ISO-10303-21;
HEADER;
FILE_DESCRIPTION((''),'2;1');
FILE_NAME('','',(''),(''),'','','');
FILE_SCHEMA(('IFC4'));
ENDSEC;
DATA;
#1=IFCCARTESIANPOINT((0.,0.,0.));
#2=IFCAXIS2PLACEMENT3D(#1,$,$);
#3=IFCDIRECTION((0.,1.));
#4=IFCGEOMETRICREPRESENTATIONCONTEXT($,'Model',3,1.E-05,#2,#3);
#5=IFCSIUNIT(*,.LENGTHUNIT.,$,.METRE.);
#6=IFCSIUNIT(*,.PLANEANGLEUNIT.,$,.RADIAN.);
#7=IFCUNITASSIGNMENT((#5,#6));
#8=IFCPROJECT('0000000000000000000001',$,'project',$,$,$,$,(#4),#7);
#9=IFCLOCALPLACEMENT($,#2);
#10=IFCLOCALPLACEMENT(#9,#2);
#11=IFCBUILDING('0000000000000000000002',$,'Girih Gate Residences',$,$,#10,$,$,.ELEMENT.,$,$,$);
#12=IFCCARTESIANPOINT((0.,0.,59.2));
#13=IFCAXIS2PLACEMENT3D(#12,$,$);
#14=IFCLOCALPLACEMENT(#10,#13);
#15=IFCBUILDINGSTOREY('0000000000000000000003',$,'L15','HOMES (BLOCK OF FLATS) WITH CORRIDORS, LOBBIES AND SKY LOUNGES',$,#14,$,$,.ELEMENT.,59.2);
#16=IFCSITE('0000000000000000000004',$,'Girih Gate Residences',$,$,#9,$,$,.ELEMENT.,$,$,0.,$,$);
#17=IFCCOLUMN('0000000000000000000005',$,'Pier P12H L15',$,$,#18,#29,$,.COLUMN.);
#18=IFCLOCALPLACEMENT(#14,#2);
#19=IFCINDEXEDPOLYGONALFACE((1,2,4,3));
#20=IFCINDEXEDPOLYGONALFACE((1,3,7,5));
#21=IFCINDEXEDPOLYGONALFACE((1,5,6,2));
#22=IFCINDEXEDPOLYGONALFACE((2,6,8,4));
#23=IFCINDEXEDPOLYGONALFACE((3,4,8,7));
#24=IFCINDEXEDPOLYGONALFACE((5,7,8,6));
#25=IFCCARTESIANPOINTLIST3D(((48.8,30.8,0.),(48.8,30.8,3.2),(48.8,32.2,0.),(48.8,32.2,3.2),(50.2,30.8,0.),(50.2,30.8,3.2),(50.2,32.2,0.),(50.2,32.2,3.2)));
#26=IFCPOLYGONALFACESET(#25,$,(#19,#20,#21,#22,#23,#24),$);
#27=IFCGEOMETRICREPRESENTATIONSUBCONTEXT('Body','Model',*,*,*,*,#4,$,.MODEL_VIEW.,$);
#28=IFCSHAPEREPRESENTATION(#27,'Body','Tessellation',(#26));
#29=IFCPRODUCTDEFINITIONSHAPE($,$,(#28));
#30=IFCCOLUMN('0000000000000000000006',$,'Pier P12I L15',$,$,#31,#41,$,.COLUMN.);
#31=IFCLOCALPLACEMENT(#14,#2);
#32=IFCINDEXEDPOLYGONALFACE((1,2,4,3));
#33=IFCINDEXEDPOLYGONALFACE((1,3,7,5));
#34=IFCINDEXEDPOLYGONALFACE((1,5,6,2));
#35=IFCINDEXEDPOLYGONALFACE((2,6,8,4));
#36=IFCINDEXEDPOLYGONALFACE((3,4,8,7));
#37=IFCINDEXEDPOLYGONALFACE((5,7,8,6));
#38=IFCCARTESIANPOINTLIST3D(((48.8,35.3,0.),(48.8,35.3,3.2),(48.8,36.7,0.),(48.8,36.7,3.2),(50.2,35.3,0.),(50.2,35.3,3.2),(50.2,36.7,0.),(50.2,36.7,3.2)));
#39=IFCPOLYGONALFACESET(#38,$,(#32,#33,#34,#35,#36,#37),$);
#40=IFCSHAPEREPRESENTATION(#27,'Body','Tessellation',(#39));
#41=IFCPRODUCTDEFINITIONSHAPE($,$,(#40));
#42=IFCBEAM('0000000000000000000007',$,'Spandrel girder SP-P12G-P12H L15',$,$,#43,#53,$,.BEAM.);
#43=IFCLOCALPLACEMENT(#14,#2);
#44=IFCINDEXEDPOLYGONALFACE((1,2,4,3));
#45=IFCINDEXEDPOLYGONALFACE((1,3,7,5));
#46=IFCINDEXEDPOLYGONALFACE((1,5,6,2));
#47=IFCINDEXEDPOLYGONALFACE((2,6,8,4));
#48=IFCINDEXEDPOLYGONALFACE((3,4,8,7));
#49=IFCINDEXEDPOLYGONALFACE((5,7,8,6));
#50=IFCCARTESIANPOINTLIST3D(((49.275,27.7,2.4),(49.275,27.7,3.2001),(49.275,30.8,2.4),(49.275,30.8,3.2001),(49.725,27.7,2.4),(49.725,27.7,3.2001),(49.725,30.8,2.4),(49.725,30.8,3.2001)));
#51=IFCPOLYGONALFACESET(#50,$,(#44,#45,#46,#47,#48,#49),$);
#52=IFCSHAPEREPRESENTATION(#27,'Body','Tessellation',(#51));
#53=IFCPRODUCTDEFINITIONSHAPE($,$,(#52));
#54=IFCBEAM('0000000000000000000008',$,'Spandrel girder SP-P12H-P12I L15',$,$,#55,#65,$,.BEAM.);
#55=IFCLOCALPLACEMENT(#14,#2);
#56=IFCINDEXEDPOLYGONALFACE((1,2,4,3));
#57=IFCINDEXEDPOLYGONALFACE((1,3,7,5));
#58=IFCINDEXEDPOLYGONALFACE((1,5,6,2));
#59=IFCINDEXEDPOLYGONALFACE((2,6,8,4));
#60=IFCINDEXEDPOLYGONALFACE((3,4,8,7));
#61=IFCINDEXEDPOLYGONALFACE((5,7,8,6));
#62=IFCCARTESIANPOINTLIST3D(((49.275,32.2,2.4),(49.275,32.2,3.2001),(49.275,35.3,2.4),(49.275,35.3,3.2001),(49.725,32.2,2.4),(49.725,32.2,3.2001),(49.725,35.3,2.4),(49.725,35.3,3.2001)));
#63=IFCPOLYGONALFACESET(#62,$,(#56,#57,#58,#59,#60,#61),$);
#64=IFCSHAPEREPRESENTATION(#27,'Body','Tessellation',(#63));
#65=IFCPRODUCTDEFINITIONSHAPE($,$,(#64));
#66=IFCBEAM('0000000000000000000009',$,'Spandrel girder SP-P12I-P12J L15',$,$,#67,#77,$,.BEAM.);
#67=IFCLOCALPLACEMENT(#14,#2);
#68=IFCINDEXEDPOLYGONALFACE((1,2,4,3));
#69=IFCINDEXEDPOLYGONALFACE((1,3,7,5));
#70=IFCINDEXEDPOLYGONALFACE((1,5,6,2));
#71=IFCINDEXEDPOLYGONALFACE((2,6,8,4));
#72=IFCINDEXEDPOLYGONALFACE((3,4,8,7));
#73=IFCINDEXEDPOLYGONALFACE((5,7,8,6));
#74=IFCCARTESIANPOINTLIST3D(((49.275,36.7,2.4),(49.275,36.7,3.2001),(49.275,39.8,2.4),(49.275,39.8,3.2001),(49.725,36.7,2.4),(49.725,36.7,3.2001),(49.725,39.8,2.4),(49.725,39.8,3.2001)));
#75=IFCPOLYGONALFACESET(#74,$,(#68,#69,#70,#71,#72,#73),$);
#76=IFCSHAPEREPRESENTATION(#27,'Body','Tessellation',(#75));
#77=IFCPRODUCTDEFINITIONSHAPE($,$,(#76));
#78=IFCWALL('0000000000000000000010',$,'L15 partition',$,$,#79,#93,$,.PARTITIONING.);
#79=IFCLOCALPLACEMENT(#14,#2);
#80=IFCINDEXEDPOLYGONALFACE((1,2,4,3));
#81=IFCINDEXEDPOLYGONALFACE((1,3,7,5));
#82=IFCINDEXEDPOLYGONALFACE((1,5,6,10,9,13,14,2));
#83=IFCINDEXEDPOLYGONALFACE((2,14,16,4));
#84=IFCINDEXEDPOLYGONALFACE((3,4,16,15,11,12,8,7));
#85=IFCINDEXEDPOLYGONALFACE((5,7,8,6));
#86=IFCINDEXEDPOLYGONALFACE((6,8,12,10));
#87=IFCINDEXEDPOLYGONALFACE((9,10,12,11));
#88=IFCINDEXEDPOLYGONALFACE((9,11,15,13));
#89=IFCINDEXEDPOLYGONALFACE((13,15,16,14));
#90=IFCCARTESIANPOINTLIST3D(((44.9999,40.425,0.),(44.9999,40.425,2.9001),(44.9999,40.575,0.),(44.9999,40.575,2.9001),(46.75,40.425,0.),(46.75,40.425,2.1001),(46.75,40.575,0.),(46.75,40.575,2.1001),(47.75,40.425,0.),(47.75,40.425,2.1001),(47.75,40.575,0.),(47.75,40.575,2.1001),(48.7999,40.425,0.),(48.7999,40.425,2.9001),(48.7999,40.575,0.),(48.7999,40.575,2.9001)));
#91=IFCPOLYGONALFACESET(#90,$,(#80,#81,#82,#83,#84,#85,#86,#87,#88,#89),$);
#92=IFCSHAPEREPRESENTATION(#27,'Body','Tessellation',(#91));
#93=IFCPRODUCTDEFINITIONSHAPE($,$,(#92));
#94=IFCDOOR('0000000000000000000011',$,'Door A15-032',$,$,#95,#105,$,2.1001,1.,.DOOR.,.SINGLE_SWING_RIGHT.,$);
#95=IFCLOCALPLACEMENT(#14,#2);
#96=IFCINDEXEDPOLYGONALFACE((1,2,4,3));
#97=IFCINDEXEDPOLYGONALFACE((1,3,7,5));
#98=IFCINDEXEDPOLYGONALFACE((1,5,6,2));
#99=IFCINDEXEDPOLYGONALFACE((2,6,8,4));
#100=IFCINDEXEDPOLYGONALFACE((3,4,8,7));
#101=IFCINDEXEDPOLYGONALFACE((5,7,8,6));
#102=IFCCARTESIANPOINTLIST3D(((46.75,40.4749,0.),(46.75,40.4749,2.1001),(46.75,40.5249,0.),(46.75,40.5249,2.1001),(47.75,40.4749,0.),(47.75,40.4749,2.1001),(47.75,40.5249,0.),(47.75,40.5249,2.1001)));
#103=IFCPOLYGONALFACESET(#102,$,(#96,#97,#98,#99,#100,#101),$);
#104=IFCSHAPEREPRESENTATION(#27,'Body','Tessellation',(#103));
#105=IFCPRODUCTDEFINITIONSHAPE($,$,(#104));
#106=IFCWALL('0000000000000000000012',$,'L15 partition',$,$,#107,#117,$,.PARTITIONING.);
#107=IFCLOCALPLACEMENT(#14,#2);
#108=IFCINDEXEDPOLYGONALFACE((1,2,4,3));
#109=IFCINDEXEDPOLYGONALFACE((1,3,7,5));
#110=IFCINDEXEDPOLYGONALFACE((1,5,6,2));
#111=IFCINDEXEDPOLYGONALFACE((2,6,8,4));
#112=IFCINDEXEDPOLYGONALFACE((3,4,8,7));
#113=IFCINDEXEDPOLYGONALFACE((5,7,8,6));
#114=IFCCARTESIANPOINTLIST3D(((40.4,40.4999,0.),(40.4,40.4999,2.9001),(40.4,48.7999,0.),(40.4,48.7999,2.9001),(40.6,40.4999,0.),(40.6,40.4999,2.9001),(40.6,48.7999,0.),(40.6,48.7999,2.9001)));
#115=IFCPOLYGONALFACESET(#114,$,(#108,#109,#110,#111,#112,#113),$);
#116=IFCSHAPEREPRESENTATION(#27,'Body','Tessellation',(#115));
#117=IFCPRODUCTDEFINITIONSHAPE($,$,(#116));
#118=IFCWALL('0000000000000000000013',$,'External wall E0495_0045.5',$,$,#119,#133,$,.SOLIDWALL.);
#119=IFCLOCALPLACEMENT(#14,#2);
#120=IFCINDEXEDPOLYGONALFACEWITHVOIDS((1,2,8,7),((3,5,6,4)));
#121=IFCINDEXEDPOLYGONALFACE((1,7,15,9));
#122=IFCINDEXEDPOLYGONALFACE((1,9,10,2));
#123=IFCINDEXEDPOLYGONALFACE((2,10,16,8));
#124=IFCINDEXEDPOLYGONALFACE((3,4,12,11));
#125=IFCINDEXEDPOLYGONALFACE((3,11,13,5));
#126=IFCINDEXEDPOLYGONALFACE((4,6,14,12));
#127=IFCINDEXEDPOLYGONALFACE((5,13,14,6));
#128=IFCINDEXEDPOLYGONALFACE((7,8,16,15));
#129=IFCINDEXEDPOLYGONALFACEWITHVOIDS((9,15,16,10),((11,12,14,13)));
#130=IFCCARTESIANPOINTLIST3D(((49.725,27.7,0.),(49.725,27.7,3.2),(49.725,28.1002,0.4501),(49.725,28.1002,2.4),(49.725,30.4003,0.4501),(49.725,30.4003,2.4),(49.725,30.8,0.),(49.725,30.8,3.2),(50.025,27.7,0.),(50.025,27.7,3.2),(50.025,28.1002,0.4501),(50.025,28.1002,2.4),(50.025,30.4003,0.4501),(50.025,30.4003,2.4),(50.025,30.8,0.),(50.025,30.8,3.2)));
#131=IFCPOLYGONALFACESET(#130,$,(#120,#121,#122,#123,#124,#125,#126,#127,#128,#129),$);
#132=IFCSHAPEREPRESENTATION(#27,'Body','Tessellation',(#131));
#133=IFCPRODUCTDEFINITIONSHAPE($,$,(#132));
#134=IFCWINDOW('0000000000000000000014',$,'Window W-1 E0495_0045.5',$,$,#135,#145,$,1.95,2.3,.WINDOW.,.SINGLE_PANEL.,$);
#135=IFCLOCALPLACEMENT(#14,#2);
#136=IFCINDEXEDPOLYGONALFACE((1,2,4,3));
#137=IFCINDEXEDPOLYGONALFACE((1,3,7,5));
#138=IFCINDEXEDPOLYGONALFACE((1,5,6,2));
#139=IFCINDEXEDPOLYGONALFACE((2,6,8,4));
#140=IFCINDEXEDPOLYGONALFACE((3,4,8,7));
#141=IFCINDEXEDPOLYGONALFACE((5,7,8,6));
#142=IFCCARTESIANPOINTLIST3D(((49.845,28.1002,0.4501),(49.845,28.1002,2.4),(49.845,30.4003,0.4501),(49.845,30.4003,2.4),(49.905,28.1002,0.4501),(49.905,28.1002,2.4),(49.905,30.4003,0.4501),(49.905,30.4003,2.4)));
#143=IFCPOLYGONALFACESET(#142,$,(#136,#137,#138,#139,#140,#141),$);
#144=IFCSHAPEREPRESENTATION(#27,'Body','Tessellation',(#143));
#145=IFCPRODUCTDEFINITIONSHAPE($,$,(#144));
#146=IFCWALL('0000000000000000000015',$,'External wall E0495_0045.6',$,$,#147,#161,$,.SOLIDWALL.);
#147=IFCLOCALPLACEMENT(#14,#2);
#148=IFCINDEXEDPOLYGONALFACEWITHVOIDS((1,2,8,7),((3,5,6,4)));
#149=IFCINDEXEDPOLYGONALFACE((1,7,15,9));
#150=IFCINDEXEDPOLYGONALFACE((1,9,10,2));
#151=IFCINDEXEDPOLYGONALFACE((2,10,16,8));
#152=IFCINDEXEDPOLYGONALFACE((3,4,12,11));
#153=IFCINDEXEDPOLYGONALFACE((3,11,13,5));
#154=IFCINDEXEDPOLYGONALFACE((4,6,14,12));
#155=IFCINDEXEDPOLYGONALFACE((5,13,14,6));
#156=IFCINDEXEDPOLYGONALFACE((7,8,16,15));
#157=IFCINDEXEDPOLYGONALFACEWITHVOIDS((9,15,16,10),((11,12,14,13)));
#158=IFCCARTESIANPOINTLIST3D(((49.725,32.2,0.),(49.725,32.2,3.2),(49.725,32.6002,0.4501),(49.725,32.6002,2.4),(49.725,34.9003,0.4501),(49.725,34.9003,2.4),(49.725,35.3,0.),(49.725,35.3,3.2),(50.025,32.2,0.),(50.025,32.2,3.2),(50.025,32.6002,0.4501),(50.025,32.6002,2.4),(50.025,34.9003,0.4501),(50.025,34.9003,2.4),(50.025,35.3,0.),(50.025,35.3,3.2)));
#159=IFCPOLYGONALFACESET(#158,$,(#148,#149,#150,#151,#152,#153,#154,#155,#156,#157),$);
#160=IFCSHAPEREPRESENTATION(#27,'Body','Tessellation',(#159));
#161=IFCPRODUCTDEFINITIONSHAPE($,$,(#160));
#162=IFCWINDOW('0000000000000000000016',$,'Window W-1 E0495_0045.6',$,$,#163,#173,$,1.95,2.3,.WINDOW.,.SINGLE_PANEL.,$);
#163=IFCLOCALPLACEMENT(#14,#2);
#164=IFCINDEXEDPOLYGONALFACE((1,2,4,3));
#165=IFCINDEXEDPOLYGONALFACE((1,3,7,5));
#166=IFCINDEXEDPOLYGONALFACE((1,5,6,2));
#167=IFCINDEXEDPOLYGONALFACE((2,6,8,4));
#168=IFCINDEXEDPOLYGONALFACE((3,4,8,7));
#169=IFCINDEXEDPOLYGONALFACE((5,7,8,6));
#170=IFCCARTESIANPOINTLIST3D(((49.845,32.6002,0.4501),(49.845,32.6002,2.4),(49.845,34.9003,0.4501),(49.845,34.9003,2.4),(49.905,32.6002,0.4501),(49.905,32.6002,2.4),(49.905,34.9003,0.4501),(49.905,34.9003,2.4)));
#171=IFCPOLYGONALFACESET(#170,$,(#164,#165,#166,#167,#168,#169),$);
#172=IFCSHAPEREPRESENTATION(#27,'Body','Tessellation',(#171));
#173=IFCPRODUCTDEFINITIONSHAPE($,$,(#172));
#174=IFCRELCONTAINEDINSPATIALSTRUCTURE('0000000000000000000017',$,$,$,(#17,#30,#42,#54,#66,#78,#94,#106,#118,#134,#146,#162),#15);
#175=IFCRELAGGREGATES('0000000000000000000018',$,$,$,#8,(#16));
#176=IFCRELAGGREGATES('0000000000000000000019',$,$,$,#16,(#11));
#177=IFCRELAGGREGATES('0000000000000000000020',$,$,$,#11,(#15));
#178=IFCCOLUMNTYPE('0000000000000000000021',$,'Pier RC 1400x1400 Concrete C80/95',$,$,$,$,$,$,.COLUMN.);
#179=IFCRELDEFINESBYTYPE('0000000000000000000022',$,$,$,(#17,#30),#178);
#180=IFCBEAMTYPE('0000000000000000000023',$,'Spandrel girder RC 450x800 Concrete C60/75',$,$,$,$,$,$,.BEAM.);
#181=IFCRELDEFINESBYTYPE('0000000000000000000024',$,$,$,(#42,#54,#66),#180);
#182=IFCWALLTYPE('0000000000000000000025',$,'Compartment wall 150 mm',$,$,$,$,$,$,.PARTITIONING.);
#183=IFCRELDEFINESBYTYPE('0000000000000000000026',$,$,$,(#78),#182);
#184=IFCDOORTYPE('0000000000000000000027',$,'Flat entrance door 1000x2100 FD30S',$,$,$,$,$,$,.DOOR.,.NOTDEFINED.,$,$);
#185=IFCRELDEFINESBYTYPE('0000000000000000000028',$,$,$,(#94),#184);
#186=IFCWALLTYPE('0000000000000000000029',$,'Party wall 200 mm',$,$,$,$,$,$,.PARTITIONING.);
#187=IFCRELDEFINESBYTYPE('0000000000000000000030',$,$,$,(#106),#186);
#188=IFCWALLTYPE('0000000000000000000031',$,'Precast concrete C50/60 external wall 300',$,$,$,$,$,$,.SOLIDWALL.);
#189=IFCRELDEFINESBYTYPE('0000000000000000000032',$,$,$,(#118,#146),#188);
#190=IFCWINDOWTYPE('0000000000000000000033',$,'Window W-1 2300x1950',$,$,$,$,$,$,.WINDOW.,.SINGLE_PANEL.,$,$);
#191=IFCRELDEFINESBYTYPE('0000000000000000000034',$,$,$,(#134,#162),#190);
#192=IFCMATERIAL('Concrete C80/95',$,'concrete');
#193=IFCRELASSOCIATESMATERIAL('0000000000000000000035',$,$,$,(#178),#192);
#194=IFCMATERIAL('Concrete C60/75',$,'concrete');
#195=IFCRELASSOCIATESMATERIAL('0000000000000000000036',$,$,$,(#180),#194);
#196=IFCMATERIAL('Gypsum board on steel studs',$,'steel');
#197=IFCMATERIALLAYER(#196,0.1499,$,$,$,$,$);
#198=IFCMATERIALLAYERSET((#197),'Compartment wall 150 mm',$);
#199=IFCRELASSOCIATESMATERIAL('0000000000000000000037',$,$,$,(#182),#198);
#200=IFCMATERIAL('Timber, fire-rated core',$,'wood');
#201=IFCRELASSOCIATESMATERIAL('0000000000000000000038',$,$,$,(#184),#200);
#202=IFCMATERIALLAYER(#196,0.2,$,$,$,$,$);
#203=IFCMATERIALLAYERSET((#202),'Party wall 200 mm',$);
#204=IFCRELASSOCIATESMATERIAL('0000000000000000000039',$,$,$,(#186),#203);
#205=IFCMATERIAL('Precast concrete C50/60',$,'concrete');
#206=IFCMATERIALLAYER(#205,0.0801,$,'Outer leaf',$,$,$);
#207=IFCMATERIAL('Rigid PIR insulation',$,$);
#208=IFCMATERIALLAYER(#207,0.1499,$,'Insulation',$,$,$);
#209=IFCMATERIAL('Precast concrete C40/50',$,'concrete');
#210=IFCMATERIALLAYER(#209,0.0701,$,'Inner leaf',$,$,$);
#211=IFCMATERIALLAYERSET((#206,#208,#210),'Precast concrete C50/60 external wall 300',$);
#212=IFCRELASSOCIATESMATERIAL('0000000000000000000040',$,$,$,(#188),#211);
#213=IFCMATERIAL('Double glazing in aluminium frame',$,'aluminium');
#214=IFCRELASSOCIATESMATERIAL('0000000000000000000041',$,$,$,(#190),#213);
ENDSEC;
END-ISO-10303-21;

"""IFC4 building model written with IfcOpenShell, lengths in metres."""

from ifc_helpers import new_model, si_unit, direction, frame, frame_2d, origin, origin_2d, place, context, subcontext, project, spatial, rectangle, extrude, material, layer, layer_set, material_profile, profile_set, type_object, element, fill, save


model = new_model("IFC4")

# Units and contexts
model_context = context("Model", 3, precision=1e-05, world=origin(), true_north=direction((0.0, 1.0)))
body_context = subcontext(model_context, "Body", "Model", "MODEL_VIEW")
ifc_project = project(units=[si_unit("LENGTHUNIT", "METRE"), si_unit("PLANEANGLEUNIT", "RADIAN")], contexts=[model_context])

# Site, building, storey
site_placement = place(None, origin())
site = spatial("IfcSite", under=ifc_project, at=site_placement, Name="Girih Gate Residences", CompositionType="ELEMENT", RefElevation=0.0)
building_placement = place(site_placement, origin())
building = spatial("IfcBuilding", under=site, at=building_placement, Name="Girih Gate Residences", CompositionType="ELEMENT")
storey_placement = place(building_placement, frame((0.0, 0.0, 59.2)))
storey = spatial("IfcBuildingStorey", under=building, at=storey_placement, Name="L15", Description="HOMES (BLOCK OF FLATS) WITH CORRIDORS, LOBBIES AND SKY LOUNGES", CompositionType="ELEMENT", Elevation=59.2)

# Columns
ifc_material_1 = material(Name="Concrete C80/95", Category="concrete")
ifc_material_profile_1 = material_profile(ifc_material_1, rectangle(XDim=1.3999, YDim=1.3999, at=origin_2d()))
ifc_profile_set_1 = profile_set([ifc_material_profile_1], Name="Concrete C80/95")
column_type = type_object("IfcColumnType", Name="Pier RC 1400x1400 Concrete C80/95", PredefinedType="COLUMN", material=ifc_profile_set_1)
for number, where, z_axis, x_axis, name in (
    (1, (49.5, 31.5, 0.0), (0.0, 0.0, 1.0), (1.0, 0.0, 0.0), "Pier P12H L15"),
    (2, (49.5, 36.0, 0.0), (0.0, 0.0, 1.0), (1.0, 0.0, 0.0), "Pier P12I L15"),
):
    element("IfcColumn", number, at=place(storey_placement, frame(where, z_axis=z_axis, x_axis=x_axis)), inside=storey, type_object=column_type, Name=name, PredefinedType="COLUMN", context=body_context, shape_type="SweptSolid", body=[
        extrude(rectangle(XDim=1.3999, YDim=1.3999, at=origin_2d()), origin(), (0.0, 0.0, 1.0), 3.2),
    ])

# Beams
ifc_material_2 = material(Name="Concrete C60/75", Category="concrete")
ifc_material_profile_2 = material_profile(ifc_material_2, rectangle(XDim=0.45, YDim=0.8, at=origin_2d()))
ifc_profile_set_2 = profile_set([ifc_material_profile_2], Name="Concrete C60/75")
beam_type = type_object("IfcBeamType", Name="Spandrel girder RC 450x800 Concrete C60/75", PredefinedType="BEAM", material=ifc_profile_set_2)
for number, where, z_axis, x_axis, name in (
    (3, (49.5, 27.7, 2.8), (0.0, 1.0, 0.0), (-1.0, 0.0, 0.0), "Spandrel girder SP-P12G-P12H L15"),
    (4, (49.5, 32.2, 2.8), (0.0, 1.0, 0.0), (-1.0, 0.0, 0.0), "Spandrel girder SP-P12H-P12I L15"),
    (5, (49.5, 36.7, 2.8), (0.0, 1.0, 0.0), (-1.0, 0.0, 0.0), "Spandrel girder SP-P12I-P12J L15"),
):
    element("IfcBeam", number, at=place(storey_placement, frame(where, z_axis=z_axis, x_axis=x_axis)), inside=storey, type_object=beam_type, Name=name, PredefinedType="BEAM", context=body_context, shape_type="SweptSolid", body=[
        extrude(rectangle(XDim=0.45, YDim=0.8, at=origin_2d()), origin(), (0.0, 0.0, 1.0), 3.1001),
    ])

# Wall, opening, door
ifc_material_3 = material(Name="Gypsum board on steel studs", Category="steel")
ifc_layer_1 = layer(ifc_material_3, 0.1499)
ifc_layer_set_1 = layer_set([ifc_layer_1], Name="Compartment wall 150 mm")
wall_type_1 = type_object("IfcWallType", Name="Compartment wall 150 mm", PredefinedType="PARTITIONING", material=ifc_layer_set_1)
wall_1_placement = place(storey_placement, frame((45.0, 40.5, 0.0), z_axis=(0.0, 0.0, 1.0), x_axis=(1.0, 0.0, 0.0)))
wall_1 = element("IfcWall", 6, at=wall_1_placement, inside=storey, type_object=wall_type_1, Name="L15 partition", PredefinedType="PARTITIONING", context=body_context, shape_type="SweptSolid", body=[
    extrude(rectangle(XDim=3.8, YDim=0.1499, at=frame_2d((1.8999, 0.0))), origin(), (0.0, 0.0, 1.0), 2.9001),
])
opening_1_placement = place(wall_1_placement, frame((1.75, 0.0, 0.0)))
opening_1 = element("IfcOpeningElement", 7, at=opening_1_placement, cuts=wall_1, PredefinedType="OPENING", context=body_context, shape_type="SweptSolid", body=[
    extrude(rectangle(XDim=1.0, YDim=2.1001, at=frame_2d((0.5, 1.05))), frame((0.0, 0.085, 0.0), z_axis=(0.0, -1.0, 0.0), x_axis=(1.0, 0.0, 0.0)), (0.0, 0.0, 1.0), 0.1699),
])
ifc_material_4 = material(Name="Timber, fire-rated core", Category="wood")
door_type_1 = type_object("IfcDoorType", Name="Flat entrance door 1000x2100 FD30S", OperationType="NOTDEFINED", PredefinedType="DOOR", material=ifc_material_4)
door_1_placement = place(opening_1_placement, origin())
door_1 = element("IfcDoor", 8, at=door_1_placement, inside=storey, type_object=door_type_1, Name="Door A15-032", OperationType="SINGLE_SWING_RIGHT", OverallHeight=2.1001, OverallWidth=1.0, PredefinedType="DOOR", context=body_context, shape_type="SweptSolid", body=[
    extrude(rectangle(XDim=1.0, YDim=2.1001, at=frame_2d((0.5, 1.05))), frame((0.0, 0.0249, 0.0), z_axis=(0.0, -1.0, 0.0), x_axis=(1.0, 0.0, 0.0)), (0.0, 0.0, 1.0), 0.05),
])
fill(opening_1, door_1)

# Wall
ifc_layer_2 = layer(ifc_material_3, 0.2)
ifc_layer_set_2 = layer_set([ifc_layer_2], Name="Party wall 200 mm")
wall_type_2 = type_object("IfcWallType", Name="Party wall 200 mm", PredefinedType="PARTITIONING", material=ifc_layer_set_2)
wall_2_placement = place(storey_placement, frame((40.5, 40.5, 0.0), z_axis=(0.0, 0.0, 1.0), x_axis=(0.0, 1.0, 0.0)))
element("IfcWall", 9, at=wall_2_placement, inside=storey, type_object=wall_type_2, Name="L15 partition", PredefinedType="PARTITIONING", context=body_context, shape_type="SweptSolid", body=[
    extrude(rectangle(XDim=8.3, YDim=0.2, at=frame_2d((4.1499, 0.0))), origin(), (0.0, 0.0, 1.0), 2.9001),
])

# Walls, openings, windows
ifc_material_5 = material(Name="Precast concrete C50/60", Category="concrete")
ifc_layer_3 = layer(ifc_material_5, 0.0801, Name="Outer leaf")
ifc_material_6 = material(Name="Rigid PIR insulation")
ifc_layer_4 = layer(ifc_material_6, 0.1499, Name="Insulation")
ifc_material_7 = material(Name="Precast concrete C40/50", Category="concrete")
ifc_layer_5 = layer(ifc_material_7, 0.0701, Name="Inner leaf")
ifc_layer_set_3 = layer_set([ifc_layer_3, ifc_layer_4, ifc_layer_5], Name="Precast concrete C50/60 external wall 300")
wall_type_3 = type_object("IfcWallType", Name="Precast concrete C50/60 external wall 300", PredefinedType="SOLIDWALL", material=ifc_layer_set_3)
wall_3_placement = place(storey_placement, frame((49.875, 30.8, 0.0), z_axis=(0.0, 0.0, 1.0), x_axis=(0.0, -1.0, 0.0)))
wall_3 = element("IfcWall", 10, at=wall_3_placement, inside=storey, type_object=wall_type_3, Name="External wall E0495_0045.5", PredefinedType="SOLIDWALL", context=body_context, shape_type="SweptSolid", body=[
    extrude(rectangle(XDim=3.1001, YDim=0.3, at=frame_2d((1.55, 0.0))), origin(), (0.0, 0.0, 1.0), 3.2),
])
opening_2_placement = place(wall_3_placement, frame((0.3999, 0.0, 0.45)))
opening_2 = element("IfcOpeningElement", 11, at=opening_2_placement, cuts=wall_3, PredefinedType="OPENING", context=body_context, shape_type="SweptSolid", body=[
    extrude(rectangle(XDim=2.3, YDim=1.95, at=frame_2d((1.1499, 0.9751))), frame((0.0, 0.1599, 0.0), z_axis=(0.0, -1.0, 0.0), x_axis=(1.0, 0.0, 0.0)), (0.0, 0.0, 1.0), 0.3201),
])
ifc_material_8 = material(Name="Double glazing in aluminium frame", Category="aluminium")
window_type = type_object("IfcWindowType", Name="Window W-1 2300x1950", PartitioningType="SINGLE_PANEL", PredefinedType="WINDOW", material=ifc_material_8)
window_1_placement = place(opening_2_placement, origin())
window_1 = element("IfcWindow", 12, at=window_1_placement, inside=storey, type_object=window_type, Name="Window W-1 E0495_0045.5", OverallHeight=1.95, OverallWidth=2.3, PartitioningType="SINGLE_PANEL", PredefinedType="WINDOW", context=body_context, shape_type="SweptSolid", body=[
    extrude(rectangle(XDim=2.3, YDim=1.95, at=frame_2d((1.1499, 0.9751))), frame((0.0, 0.03, 0.0), z_axis=(0.0, -1.0, 0.0), x_axis=(1.0, 0.0, 0.0)), (0.0, 0.0, 1.0), 0.0601),
])
fill(opening_2, window_1)
wall_4_placement = place(storey_placement, frame((49.875, 35.3, 0.0), z_axis=(0.0, 0.0, 1.0), x_axis=(0.0, -1.0, 0.0)))
wall_4 = element("IfcWall", 13, at=wall_4_placement, inside=storey, type_object=wall_type_3, Name="External wall E0495_0045.6", PredefinedType="SOLIDWALL", context=body_context, shape_type="SweptSolid", body=[
    extrude(rectangle(XDim=3.1001, YDim=0.3, at=frame_2d((1.55, 0.0))), origin(), (0.0, 0.0, 1.0), 3.2),
])
opening_3_placement = place(wall_4_placement, frame((0.3999, 0.0, 0.45)))
opening_3 = element("IfcOpeningElement", 14, at=opening_3_placement, cuts=wall_4, PredefinedType="OPENING", context=body_context, shape_type="SweptSolid", body=[
    extrude(rectangle(XDim=2.3, YDim=1.95, at=frame_2d((1.1499, 0.9751))), frame((0.0, 0.1599, 0.0), z_axis=(0.0, -1.0, 0.0), x_axis=(1.0, 0.0, 0.0)), (0.0, 0.0, 1.0), 0.3201),
])
window_2_placement = place(opening_3_placement, origin())
window_2 = element("IfcWindow", 15, at=window_2_placement, inside=storey, type_object=window_type, Name="Window W-1 E0495_0045.6", OverallHeight=1.95, OverallWidth=2.3, PartitioningType="SINGLE_PANEL", PredefinedType="WINDOW", context=body_context, shape_type="SweptSolid", body=[
    extrude(rectangle(XDim=2.3, YDim=1.95, at=frame_2d((1.1499, 0.9751))), frame((0.0, 0.03, 0.0), z_axis=(0.0, -1.0, 0.0), x_axis=(1.0, 0.0, 0.0)), (0.0, 0.0, 1.0), 0.0601),
])
fill(opening_3, window_2)

save(model, "model.ifc")
